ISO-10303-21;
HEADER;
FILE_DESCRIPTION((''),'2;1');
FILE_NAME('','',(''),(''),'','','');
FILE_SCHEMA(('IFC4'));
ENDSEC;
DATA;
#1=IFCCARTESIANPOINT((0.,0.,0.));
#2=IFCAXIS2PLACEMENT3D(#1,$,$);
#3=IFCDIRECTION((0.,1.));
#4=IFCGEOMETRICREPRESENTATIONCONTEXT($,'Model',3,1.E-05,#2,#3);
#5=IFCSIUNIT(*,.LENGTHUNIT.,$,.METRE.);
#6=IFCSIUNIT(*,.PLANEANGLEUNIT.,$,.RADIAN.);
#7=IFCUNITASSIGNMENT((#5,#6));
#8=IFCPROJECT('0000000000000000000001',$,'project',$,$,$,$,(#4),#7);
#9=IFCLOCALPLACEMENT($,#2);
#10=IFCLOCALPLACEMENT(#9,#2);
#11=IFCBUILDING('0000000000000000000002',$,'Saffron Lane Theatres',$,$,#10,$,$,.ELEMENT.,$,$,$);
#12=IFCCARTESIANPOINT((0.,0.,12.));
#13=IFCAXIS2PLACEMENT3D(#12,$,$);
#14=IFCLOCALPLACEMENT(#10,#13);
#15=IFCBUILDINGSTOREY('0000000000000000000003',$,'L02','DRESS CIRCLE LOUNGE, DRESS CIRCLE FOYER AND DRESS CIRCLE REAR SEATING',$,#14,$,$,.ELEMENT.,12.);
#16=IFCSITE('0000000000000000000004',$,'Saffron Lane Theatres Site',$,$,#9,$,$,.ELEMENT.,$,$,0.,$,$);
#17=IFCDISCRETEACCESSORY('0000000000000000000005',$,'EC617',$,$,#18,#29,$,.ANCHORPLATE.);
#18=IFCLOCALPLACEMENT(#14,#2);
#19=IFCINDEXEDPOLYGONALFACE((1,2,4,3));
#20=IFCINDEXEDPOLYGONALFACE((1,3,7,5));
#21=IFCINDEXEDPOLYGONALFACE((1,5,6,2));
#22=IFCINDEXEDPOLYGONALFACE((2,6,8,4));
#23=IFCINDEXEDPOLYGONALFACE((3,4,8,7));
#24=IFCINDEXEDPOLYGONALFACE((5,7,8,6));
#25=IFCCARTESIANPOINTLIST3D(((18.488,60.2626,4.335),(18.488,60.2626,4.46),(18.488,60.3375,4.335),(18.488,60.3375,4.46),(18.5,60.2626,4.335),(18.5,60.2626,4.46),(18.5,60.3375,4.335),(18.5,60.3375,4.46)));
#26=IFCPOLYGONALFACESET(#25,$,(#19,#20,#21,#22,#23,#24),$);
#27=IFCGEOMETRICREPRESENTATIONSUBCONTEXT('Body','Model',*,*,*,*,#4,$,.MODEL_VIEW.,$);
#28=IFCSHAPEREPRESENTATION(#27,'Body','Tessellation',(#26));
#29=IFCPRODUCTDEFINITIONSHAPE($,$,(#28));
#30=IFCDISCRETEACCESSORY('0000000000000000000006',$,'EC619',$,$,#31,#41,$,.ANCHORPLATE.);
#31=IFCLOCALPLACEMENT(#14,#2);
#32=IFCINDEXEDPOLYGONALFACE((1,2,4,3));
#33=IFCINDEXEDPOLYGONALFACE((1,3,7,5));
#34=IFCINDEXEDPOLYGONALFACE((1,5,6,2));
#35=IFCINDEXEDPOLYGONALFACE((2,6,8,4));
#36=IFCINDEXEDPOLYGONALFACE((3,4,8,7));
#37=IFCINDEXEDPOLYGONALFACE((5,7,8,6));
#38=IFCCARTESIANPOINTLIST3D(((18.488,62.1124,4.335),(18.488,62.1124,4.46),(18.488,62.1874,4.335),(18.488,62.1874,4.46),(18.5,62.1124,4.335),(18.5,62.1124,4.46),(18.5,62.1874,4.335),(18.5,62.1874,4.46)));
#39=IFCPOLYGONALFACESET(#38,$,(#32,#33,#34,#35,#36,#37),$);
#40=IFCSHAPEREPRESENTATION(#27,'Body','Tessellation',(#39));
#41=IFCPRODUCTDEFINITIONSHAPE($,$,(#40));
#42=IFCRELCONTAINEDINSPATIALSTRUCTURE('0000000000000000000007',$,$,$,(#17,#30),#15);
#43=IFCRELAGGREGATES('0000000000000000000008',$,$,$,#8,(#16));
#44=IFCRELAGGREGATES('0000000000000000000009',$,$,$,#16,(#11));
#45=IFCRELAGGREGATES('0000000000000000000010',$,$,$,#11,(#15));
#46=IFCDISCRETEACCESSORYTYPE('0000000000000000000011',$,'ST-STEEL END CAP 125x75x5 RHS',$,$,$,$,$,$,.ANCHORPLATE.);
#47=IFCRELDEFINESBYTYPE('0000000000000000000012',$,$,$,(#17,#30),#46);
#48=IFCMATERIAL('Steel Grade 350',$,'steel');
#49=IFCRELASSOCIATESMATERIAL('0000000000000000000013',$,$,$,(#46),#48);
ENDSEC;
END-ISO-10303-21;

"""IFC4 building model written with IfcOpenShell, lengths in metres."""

from ifc_helpers import new_model, si_unit, direction, frame, origin, origin_2d, place, context, subcontext, project, spatial, rectangle, extrude, material, material_profile, profile_set, type_object, element, save


model = new_model("IFC4")

# Units and contexts
model_context = context("Model", 3, precision=1e-05, world=origin(), true_north=direction((0.0, 1.0)))
body_context = subcontext(model_context, "Body", "Model", "MODEL_VIEW")
ifc_project = project(units=[si_unit("LENGTHUNIT", "METRE"), si_unit("PLANEANGLEUNIT", "RADIAN")], contexts=[model_context])

# Site, building, storey
site_placement = place(None, origin())
site = spatial("IfcSite", under=ifc_project, at=site_placement, Name="Saffron Lane Theatres Site", CompositionType="ELEMENT", RefElevation=0.0)
building_placement = place(site_placement, origin())
building = spatial("IfcBuilding", under=site, at=building_placement, Name="Saffron Lane Theatres", CompositionType="ELEMENT")
storey_placement = place(building_placement, frame((0.0, 0.0, 12.0)))
storey = spatial("IfcBuildingStorey", under=building, at=storey_placement, Name="L02", Description="DRESS CIRCLE LOUNGE, DRESS CIRCLE FOYER AND DRESS CIRCLE REAR SEATING", CompositionType="ELEMENT", Elevation=12.0)

# Discrete accessories
ifc_material_1 = material(Name="Steel Grade 350", Category="steel")
ifc_material_profile_1 = material_profile(ifc_material_1, rectangle(XDim=0.075, YDim=0.125, at=origin_2d()))
ifc_profile_set_1 = profile_set([ifc_material_profile_1], Name="Steel Grade 350")
discrete_accessory_type = type_object("IfcDiscreteAccessoryType", Name="ST-STEEL END CAP 125x75x5 RHS", PredefinedType="ANCHORPLATE", material=ifc_profile_set_1)
for number, where, z_axis, x_axis, name in (
    (1, (18.488, 60.3, 4.3975), (1.0, 0.0, 0.0), (0.0, 1.0, 0.0), "EC617"),
    (2, (18.488, 62.1499, 4.3975), (1.0, 0.0, 0.0), (0.0, 1.0, 0.0), "EC619"),
):
    element("IfcDiscreteAccessory", number, at=place(storey_placement, frame(where, z_axis=z_axis, x_axis=x_axis)), inside=storey, type_object=discrete_accessory_type, Name=name, PredefinedType="ANCHORPLATE", context=body_context, shape_type="SweptSolid", body=[
        extrude(rectangle(XDim=0.075, YDim=0.125, at=origin_2d()), origin(), (0.0, 0.0, 1.0), 0.012),
    ])

save(model, "model.ifc")
